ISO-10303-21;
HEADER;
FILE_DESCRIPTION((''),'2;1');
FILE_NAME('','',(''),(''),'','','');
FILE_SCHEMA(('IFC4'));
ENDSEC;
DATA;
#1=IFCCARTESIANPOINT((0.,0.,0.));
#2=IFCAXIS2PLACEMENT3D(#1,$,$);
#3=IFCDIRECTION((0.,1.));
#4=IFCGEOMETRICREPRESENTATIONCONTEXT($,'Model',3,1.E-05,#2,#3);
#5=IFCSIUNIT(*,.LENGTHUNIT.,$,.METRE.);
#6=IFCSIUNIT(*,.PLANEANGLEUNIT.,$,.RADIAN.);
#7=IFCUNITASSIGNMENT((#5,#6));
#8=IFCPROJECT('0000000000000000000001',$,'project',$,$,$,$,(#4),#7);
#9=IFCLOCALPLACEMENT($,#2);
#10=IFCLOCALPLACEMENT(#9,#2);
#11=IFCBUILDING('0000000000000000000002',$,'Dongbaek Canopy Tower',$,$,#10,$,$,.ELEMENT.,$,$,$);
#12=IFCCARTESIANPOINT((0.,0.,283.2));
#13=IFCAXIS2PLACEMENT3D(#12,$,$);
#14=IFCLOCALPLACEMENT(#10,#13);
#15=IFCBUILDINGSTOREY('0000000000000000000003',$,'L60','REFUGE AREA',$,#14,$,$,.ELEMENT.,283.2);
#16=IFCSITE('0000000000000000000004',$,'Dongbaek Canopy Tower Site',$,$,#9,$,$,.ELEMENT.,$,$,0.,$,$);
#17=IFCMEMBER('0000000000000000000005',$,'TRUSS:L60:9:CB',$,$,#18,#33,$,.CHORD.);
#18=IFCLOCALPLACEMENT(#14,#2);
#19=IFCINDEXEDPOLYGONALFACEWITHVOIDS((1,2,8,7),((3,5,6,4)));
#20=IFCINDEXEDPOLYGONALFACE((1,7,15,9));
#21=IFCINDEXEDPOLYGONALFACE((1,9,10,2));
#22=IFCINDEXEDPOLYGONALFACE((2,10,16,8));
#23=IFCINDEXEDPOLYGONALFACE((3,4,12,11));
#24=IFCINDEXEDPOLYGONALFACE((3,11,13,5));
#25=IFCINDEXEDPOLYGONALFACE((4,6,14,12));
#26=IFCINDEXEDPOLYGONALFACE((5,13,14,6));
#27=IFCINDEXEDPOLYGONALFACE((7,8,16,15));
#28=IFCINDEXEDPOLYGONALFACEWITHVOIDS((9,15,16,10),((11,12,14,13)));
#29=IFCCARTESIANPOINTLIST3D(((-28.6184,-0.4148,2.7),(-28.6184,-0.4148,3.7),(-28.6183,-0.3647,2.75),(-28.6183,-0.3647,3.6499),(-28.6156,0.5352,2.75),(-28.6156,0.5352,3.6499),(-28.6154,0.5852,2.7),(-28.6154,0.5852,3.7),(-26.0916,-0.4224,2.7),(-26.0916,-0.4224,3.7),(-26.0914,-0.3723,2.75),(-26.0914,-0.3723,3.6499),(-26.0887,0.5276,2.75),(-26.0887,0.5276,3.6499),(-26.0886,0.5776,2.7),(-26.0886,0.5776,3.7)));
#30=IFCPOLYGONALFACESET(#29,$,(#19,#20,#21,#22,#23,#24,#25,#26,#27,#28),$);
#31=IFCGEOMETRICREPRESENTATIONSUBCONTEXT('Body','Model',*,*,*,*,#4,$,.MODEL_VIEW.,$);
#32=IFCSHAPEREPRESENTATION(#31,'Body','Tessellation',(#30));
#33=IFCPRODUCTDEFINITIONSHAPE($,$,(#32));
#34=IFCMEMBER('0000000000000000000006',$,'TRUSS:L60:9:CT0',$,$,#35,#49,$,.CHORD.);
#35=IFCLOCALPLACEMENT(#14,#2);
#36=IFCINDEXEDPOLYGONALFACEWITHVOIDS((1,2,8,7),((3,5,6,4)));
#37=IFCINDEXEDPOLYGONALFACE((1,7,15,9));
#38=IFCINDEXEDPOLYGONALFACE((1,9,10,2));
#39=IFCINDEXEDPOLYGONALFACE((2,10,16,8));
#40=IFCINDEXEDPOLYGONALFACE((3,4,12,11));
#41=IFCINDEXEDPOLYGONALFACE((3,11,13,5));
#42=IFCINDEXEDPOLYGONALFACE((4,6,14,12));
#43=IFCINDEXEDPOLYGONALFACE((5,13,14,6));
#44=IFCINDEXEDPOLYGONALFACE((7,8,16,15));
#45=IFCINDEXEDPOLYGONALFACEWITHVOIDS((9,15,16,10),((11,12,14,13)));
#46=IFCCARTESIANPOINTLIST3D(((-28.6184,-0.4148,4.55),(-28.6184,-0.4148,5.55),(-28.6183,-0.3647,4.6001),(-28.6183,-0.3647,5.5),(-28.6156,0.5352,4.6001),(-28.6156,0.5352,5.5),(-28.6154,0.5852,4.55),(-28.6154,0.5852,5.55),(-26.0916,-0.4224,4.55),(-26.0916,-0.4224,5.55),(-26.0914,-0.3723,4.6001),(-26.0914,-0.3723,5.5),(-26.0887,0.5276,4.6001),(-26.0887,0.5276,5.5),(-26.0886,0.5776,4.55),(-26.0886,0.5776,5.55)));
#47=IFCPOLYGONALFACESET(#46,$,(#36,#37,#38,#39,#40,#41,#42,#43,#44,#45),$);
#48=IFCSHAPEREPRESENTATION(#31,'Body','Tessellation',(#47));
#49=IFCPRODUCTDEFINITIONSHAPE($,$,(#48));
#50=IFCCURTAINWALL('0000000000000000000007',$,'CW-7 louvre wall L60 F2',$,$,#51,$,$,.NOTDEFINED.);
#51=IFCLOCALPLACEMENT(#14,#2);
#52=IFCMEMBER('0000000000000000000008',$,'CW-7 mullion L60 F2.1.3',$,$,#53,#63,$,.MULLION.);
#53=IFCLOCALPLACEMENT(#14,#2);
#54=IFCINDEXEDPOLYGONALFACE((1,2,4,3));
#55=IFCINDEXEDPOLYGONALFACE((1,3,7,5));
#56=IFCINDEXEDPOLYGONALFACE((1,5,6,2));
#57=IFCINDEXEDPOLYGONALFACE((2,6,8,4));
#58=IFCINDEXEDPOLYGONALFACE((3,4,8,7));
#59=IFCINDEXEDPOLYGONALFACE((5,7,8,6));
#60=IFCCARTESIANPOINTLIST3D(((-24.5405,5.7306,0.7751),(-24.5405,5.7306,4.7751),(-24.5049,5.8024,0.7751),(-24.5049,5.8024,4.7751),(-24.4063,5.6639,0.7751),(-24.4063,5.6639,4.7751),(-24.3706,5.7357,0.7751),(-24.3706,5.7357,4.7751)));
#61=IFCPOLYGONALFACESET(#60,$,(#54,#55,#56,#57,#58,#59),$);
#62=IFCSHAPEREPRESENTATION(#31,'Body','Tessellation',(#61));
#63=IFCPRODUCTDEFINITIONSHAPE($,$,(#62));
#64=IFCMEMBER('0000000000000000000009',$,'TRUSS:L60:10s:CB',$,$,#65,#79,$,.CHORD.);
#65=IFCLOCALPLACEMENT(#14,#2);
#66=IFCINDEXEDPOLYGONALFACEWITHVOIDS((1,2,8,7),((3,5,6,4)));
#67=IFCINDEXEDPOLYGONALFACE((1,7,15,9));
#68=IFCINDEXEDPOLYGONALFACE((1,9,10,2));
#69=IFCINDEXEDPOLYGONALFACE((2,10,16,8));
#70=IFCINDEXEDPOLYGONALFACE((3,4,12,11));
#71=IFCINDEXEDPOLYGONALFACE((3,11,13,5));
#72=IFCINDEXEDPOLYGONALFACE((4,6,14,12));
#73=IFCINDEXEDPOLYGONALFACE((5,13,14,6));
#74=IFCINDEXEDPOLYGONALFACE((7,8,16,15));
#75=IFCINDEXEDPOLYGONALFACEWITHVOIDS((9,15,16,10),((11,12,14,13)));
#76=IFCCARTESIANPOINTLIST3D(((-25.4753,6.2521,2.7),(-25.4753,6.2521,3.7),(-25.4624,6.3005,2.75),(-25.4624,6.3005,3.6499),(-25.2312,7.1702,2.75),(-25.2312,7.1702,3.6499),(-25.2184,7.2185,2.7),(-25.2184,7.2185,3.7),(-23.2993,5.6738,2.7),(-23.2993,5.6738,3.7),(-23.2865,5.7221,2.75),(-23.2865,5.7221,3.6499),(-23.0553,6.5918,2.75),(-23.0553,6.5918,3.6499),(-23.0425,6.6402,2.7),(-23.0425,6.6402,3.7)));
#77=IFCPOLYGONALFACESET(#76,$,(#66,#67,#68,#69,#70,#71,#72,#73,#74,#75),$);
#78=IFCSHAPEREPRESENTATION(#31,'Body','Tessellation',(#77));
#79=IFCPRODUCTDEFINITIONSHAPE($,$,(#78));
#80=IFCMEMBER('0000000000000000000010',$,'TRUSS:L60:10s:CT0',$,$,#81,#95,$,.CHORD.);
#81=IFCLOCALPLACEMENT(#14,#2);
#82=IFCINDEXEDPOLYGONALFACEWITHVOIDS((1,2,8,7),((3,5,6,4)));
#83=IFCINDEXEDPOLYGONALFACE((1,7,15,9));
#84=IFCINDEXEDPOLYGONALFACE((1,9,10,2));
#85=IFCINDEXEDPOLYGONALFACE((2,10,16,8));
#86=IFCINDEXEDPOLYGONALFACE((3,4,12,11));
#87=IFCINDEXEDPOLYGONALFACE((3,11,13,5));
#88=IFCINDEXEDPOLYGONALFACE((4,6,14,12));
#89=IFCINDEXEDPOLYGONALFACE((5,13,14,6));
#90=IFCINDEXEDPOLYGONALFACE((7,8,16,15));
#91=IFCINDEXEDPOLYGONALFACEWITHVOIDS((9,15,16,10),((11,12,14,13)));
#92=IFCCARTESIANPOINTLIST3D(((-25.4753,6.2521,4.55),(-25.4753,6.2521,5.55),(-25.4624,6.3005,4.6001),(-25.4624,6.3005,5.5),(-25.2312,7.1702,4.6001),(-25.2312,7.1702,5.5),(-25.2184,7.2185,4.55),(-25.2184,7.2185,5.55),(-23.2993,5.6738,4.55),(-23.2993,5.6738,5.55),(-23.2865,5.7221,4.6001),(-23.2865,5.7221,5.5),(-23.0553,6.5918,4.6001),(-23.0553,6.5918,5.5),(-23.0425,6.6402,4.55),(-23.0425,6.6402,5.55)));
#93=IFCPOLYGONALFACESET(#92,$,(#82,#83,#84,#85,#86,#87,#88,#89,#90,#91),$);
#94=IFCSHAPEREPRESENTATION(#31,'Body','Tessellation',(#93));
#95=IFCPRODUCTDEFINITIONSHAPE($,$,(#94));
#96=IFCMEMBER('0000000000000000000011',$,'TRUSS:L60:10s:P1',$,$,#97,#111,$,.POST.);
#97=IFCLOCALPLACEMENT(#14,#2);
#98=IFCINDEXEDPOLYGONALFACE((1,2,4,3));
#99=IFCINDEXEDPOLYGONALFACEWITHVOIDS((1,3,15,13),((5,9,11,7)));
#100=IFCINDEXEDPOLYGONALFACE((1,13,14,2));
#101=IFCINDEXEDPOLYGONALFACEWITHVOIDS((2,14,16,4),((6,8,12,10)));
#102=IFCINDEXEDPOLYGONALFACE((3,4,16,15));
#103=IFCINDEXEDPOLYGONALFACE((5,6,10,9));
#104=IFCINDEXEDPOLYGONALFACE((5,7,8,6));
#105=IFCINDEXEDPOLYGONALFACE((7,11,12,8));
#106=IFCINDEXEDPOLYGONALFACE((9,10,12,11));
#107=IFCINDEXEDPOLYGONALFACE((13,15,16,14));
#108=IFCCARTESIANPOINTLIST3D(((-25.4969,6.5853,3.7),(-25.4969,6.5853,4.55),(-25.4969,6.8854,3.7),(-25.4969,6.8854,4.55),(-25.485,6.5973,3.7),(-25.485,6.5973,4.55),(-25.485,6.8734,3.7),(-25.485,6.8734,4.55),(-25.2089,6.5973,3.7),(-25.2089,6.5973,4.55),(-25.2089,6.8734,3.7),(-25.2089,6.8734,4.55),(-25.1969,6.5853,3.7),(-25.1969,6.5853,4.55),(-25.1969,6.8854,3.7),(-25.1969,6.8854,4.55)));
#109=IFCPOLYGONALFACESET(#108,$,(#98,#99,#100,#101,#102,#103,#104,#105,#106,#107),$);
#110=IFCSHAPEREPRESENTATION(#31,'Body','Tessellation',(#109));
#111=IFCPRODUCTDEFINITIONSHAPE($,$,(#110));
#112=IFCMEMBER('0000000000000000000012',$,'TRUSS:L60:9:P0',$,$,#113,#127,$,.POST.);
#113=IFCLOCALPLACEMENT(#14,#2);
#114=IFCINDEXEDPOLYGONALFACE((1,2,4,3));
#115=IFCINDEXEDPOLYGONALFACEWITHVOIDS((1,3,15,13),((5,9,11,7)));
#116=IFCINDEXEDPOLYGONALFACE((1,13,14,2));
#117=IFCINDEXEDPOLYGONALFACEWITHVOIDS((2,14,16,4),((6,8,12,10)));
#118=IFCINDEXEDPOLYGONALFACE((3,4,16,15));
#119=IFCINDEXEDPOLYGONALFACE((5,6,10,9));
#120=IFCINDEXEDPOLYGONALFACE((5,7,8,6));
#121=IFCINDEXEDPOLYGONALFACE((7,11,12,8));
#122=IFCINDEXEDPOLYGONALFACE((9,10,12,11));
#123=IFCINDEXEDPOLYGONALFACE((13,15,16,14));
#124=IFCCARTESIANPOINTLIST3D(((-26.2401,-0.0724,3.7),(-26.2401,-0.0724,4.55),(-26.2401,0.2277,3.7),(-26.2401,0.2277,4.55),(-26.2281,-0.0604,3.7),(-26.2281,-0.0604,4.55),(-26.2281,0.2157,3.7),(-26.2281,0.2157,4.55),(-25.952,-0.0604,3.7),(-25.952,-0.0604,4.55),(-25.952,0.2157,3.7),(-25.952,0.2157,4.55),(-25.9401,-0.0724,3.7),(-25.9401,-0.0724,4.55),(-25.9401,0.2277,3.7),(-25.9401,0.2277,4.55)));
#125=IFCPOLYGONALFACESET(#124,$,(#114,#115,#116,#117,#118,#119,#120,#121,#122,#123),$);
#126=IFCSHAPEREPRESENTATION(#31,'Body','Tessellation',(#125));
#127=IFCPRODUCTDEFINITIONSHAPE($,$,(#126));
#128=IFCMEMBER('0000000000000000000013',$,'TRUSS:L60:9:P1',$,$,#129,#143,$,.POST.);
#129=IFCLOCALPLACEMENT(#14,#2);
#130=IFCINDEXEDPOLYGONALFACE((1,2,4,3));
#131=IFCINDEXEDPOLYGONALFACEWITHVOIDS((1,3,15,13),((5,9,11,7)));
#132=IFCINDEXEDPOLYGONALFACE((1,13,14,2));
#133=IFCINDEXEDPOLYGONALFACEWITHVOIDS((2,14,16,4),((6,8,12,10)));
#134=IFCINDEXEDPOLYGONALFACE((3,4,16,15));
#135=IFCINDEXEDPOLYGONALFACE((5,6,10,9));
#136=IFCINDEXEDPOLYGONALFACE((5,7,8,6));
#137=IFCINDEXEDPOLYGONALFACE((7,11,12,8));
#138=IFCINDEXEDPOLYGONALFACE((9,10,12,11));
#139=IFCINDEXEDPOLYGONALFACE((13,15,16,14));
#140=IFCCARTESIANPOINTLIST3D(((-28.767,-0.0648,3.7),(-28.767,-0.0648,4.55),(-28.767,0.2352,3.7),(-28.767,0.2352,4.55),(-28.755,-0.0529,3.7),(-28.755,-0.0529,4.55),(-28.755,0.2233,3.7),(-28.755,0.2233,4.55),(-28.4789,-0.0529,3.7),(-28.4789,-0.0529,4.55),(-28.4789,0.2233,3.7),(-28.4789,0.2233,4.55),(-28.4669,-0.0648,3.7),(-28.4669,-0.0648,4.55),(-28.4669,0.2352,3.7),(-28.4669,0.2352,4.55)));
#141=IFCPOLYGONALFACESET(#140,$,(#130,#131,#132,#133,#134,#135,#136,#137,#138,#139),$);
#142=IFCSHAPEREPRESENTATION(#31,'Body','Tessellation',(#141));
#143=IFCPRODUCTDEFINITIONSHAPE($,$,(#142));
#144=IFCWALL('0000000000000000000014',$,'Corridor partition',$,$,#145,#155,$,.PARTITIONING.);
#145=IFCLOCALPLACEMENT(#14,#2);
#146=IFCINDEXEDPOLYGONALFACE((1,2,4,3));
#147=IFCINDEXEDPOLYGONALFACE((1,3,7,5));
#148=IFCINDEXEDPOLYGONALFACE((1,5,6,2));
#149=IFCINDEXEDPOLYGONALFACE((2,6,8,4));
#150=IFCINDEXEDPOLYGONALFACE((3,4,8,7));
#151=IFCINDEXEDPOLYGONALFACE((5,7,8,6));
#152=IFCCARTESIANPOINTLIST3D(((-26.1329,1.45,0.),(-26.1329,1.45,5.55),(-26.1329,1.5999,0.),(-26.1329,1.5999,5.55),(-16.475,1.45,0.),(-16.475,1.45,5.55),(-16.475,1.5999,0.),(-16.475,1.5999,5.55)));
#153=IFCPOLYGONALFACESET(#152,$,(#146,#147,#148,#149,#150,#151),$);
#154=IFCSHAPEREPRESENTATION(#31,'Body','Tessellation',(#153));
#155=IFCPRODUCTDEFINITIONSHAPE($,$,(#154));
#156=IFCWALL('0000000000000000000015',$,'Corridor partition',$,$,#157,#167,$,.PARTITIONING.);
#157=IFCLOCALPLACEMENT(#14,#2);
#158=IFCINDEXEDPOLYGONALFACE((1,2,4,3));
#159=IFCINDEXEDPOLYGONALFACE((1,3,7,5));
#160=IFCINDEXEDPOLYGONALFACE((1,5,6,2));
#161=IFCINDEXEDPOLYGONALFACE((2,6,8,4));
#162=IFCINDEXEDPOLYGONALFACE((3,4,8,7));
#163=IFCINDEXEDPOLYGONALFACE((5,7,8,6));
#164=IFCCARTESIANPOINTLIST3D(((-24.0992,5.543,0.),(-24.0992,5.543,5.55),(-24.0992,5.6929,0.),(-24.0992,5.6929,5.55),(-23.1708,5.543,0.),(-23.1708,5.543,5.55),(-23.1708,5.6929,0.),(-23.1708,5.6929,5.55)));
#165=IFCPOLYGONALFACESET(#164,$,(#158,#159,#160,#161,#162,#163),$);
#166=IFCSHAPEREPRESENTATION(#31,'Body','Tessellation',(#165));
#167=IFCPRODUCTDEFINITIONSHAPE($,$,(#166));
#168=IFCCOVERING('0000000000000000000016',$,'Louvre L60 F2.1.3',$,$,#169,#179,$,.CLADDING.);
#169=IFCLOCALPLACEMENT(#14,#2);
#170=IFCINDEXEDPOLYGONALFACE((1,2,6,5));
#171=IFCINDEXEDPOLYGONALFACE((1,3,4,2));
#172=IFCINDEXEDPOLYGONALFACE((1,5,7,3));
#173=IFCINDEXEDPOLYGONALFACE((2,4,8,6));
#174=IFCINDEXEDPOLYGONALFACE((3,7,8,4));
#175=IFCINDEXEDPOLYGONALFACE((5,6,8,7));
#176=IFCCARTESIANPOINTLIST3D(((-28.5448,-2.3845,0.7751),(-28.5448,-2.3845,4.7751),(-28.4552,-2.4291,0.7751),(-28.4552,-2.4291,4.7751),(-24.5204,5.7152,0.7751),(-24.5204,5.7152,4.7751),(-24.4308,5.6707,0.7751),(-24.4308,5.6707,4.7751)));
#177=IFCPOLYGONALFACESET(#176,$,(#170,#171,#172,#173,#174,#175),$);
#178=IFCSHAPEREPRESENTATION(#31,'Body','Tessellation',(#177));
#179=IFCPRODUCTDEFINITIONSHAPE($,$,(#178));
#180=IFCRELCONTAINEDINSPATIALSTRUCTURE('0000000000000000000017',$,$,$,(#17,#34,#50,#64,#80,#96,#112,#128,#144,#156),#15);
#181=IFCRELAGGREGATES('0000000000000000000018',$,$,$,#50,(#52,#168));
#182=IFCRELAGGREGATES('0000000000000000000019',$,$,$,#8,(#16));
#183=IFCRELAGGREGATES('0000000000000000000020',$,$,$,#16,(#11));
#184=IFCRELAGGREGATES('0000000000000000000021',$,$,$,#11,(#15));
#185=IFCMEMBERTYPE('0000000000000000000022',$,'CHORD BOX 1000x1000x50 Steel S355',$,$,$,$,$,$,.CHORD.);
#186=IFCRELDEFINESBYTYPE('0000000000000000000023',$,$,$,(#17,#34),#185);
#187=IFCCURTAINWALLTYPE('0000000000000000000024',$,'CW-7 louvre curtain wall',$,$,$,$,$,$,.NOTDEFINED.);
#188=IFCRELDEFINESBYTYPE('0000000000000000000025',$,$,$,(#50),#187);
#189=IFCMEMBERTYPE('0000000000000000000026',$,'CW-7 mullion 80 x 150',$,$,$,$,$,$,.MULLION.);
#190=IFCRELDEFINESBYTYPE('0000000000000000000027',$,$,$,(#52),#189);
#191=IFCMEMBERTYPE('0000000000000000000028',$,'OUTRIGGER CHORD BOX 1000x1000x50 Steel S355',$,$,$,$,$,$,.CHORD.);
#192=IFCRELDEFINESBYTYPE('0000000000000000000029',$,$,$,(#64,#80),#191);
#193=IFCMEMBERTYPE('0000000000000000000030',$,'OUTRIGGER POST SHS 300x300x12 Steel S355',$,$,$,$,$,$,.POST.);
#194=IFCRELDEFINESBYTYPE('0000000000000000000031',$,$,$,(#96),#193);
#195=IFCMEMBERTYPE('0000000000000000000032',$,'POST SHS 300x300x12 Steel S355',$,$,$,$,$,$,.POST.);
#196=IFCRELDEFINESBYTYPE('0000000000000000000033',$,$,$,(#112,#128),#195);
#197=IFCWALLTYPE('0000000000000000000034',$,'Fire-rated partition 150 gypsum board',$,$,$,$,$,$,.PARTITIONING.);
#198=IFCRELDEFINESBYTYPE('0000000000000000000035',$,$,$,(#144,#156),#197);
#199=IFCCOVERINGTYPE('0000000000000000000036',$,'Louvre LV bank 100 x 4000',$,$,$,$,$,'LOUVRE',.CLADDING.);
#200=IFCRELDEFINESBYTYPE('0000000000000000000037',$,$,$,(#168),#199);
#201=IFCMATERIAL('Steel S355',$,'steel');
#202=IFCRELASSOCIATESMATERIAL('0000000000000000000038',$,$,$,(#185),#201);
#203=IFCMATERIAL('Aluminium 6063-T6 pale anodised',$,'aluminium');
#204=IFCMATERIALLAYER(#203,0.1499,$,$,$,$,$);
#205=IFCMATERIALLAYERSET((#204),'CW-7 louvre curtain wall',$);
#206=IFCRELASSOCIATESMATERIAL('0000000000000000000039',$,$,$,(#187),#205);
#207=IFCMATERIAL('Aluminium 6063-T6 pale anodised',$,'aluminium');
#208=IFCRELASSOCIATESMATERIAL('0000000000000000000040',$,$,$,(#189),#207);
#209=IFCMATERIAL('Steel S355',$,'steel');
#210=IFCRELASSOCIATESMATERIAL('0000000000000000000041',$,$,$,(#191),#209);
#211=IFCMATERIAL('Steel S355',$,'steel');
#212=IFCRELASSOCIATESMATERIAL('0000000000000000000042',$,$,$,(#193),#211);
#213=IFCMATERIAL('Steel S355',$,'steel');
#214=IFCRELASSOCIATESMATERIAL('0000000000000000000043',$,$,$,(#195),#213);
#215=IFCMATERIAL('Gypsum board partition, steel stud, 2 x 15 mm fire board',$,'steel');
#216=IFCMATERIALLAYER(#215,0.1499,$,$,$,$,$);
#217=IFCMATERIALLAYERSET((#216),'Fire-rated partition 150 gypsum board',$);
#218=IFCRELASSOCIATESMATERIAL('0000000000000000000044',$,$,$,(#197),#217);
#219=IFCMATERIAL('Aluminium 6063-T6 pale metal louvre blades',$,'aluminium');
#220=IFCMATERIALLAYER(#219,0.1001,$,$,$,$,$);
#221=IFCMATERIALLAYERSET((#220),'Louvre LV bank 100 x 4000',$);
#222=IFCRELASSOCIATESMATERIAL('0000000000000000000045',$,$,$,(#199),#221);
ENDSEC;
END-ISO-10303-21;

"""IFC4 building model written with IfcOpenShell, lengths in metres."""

from ifc_helpers import new_model, si_unit, direction, frame, frame_2d, origin, origin_2d, place, context, subcontext, project, spatial, rectangle, hollow_rectangle, extrude, material, layer, layer_set, material_profile, profile_set, type_object, element, aggregate, save


model = new_model("IFC4")

# Units and contexts
model_context = context("Model", 3, precision=1e-05, world=origin(), true_north=direction((0.0, 1.0)))
body_context = subcontext(model_context, "Body", "Model", "MODEL_VIEW")
ifc_project = project(units=[si_unit("LENGTHUNIT", "METRE"), si_unit("PLANEANGLEUNIT", "RADIAN")], contexts=[model_context])

# Site, building, storey
site_placement = place(None, origin())
site = spatial("IfcSite", under=ifc_project, at=site_placement, Name="Dongbaek Canopy Tower Site", CompositionType="ELEMENT", RefElevation=0.0)
building_placement = place(site_placement, origin())
building = spatial("IfcBuilding", under=site, at=building_placement, Name="Dongbaek Canopy Tower", CompositionType="ELEMENT")
storey_placement = place(building_placement, frame((0.0, 0.0, 283.2)))
storey = spatial("IfcBuildingStorey", under=building, at=storey_placement, Name="L60", Description="REFUGE AREA", CompositionType="ELEMENT", Elevation=283.2)

# Members
ifc_material_1 = material(Name="Steel S355", Category="steel")
ifc_material_profile_1 = material_profile(ifc_material_1, hollow_rectangle(XDim=1.0, YDim=1.0, WallThickness=0.05, at=origin_2d()), Name="CHORD BOX 1000x1000x50 Steel S355")
ifc_profile_set_1 = profile_set([ifc_material_profile_1], Name="Steel S355")
member_type_1 = type_object("IfcMemberType", Name="CHORD BOX 1000x1000x50 Steel S355", PredefinedType="CHORD", material=ifc_profile_set_1)
for number, where, z_axis, x_axis, name in (
    (1, (-26.0901, 0.0776, 3.2), (-0.999996, 0.002995, 0.0), (-0.002995, -0.999996, 0.0), "TRUSS:L60:9:CB"),
    (2, (-26.0901, 0.0776, 5.05), (-0.999996, 0.002995, 0.0), (-0.002995, -0.999996, 0.0), "TRUSS:L60:9:CT0"),
):
    element("IfcMember", number, at=place(storey_placement, frame(where, z_axis=z_axis, x_axis=x_axis)), inside=storey, type_object=member_type_1, Name=name, PredefinedType="CHORD", context=body_context, shape_type="SweptSolid", body=[
        extrude(hollow_rectangle(XDim=1.0, YDim=1.0, WallThickness=0.05, at=origin_2d()), origin(), (0.0, 0.0, 1.0), 2.5269),
    ])

# Curtain wall, member
ifc_material_2 = material(Name="Aluminium 6063-T6 pale anodised", Category="aluminium")
ifc_layer_1 = layer(ifc_material_2, 0.1499)
ifc_layer_set_1 = layer_set([ifc_layer_1], Name="CW-7 louvre curtain wall")
curtain_wall_type = type_object("IfcCurtainWallType", Name="CW-7 louvre curtain wall", PredefinedType="NOTDEFINED", material=ifc_layer_set_1)
curtain_wall_placement = place(storey_placement, origin())
curtain_wall = element("IfcCurtainWall", 3, at=curtain_wall_placement, inside=storey, type_object=curtain_wall_type, Name="CW-7 louvre wall L60 F2", PredefinedType="NOTDEFINED")
ifc_material_3 = material(Name="Aluminium 6063-T6 pale anodised", Category="aluminium")
ifc_material_profile_2 = material_profile(ifc_material_3, rectangle(XDim=0.1499, YDim=0.0801, at=origin_2d()), Name="CW-7 mullion 80 x 150")
ifc_profile_set_2 = profile_set([ifc_material_profile_2], Name="Aluminium 6063-T6 pale anodised")
member_type_2 = type_object("IfcMemberType", Name="CW-7 mullion 80 x 150", PredefinedType="MULLION", material=ifc_profile_set_2)
member_1_placement = place(storey_placement, frame((-24.4556, 5.7332, 0.7751), z_axis=(0.0, 0.0, 1.0), x_axis=(-0.895549, 0.444962, 0.0)))
member_1 = element("IfcMember", 4, at=member_1_placement, type_object=member_type_2, Name="CW-7 mullion L60 F2.1.3", PredefinedType="MULLION", context=body_context, shape_type="SweptSolid", body=[
    extrude(rectangle(XDim=0.1499, YDim=0.0801, at=origin_2d()), origin(), (0.0, 0.0, 1.0), 4.0),
])

# Members
ifc_material_4 = material(Name="Steel S355", Category="steel")
ifc_material_profile_3 = material_profile(ifc_material_4, hollow_rectangle(XDim=1.0, YDim=1.0, WallThickness=0.05, at=origin_2d()), Name="OUTRIGGER CHORD BOX 1000x1000x50 Steel S355")
ifc_profile_set_3 = profile_set([ifc_material_profile_3], Name="Steel S355")
member_type_3 = type_object("IfcMemberType", Name="OUTRIGGER CHORD BOX 1000x1000x50 Steel S355", PredefinedType="CHORD", material=ifc_profile_set_3)
for number, where, z_axis, x_axis, name in (
    (5, (-23.1709, 6.157, 3.2), (-0.966445, 0.256873, 0.0), (-0.256873, -0.966445, 0.0), "TRUSS:L60:10s:CB"),
    (6, (-23.1709, 6.157, 5.05), (-0.966445, 0.256873, 0.0), (-0.256873, -0.966445, 0.0), "TRUSS:L60:10s:CT0"),
):
    element("IfcMember", number, at=place(storey_placement, frame(where, z_axis=z_axis, x_axis=x_axis)), inside=storey, type_object=member_type_3, Name=name, PredefinedType="CHORD", context=body_context, shape_type="SweptSolid", body=[
        extrude(hollow_rectangle(XDim=1.0, YDim=1.0, WallThickness=0.05, at=origin_2d()), origin(), (0.0, 0.0, 1.0), 2.2515),
    ])
ifc_material_5 = material(Name="Steel S355", Category="steel")
ifc_material_profile_4 = material_profile(ifc_material_5, hollow_rectangle(XDim=0.3, YDim=0.3, WallThickness=0.012, at=origin_2d()), Name="OUTRIGGER POST SHS 300x300x12 Steel S355")
ifc_profile_set_4 = profile_set([ifc_material_profile_4], Name="Steel S355")
member_type_4 = type_object("IfcMemberType", Name="OUTRIGGER POST SHS 300x300x12 Steel S355", PredefinedType="POST", material=ifc_profile_set_4)
member_2_placement = place(storey_placement, frame((-25.3469, 6.7354, 3.7), z_axis=(0.0, 0.0, 1.0), x_axis=(1.0, 0.0, 0.0)))
element("IfcMember", 7, at=member_2_placement, inside=storey, type_object=member_type_4, Name="TRUSS:L60:10s:P1", PredefinedType="POST", context=body_context, shape_type="SweptSolid", body=[
    extrude(hollow_rectangle(XDim=0.3, YDim=0.3, WallThickness=0.012, at=origin_2d()), origin(), (0.0, 0.0, 1.0), 0.8501),
])
ifc_material_6 = material(Name="Steel S355", Category="steel")
ifc_material_profile_5 = material_profile(ifc_material_6, hollow_rectangle(XDim=0.3, YDim=0.3, WallThickness=0.012, at=origin_2d()), Name="POST SHS 300x300x12 Steel S355")
ifc_profile_set_5 = profile_set([ifc_material_profile_5], Name="Steel S355")
member_type_5 = type_object("IfcMemberType", Name="POST SHS 300x300x12 Steel S355", PredefinedType="POST", material=ifc_profile_set_5)
for number, where, z_axis, x_axis, name in (
    (8, (-26.0901, 0.0776, 3.7), (0.0, 0.0, 1.0), (1.0, 0.0, 0.0), "TRUSS:L60:9:P0"),
    (9, (-28.6169, 0.0852, 3.7), (0.0, 0.0, 1.0), (1.0, 0.0, 0.0), "TRUSS:L60:9:P1"),
):
    element("IfcMember", number, at=place(storey_placement, frame(where, z_axis=z_axis, x_axis=x_axis)), inside=storey, type_object=member_type_5, Name=name, PredefinedType="POST", context=body_context, shape_type="SweptSolid", body=[
        extrude(hollow_rectangle(XDim=0.3, YDim=0.3, WallThickness=0.012, at=origin_2d()), origin(), (0.0, 0.0, 1.0), 0.8501),
    ])

# Walls
ifc_material_7 = material(Name="Gypsum board partition, steel stud, 2 x 15 mm fire board", Category="steel")
ifc_layer_2 = layer(ifc_material_7, 0.1499)
ifc_layer_set_2 = layer_set([ifc_layer_2], Name="Fire-rated partition 150 gypsum board")
wall_type = type_object("IfcWallType", Name="Fire-rated partition 150 gypsum board", PredefinedType="PARTITIONING", material=ifc_layer_set_2)
wall_1_placement = place(storey_placement, frame((-26.1331, 1.5249, 0.0), z_axis=(0.0, 0.0, 1.0), x_axis=(1.0, 0.0, 0.0)))
element("IfcWall", 10, at=wall_1_placement, inside=storey, type_object=wall_type, Name="Corridor partition", PredefinedType="PARTITIONING", context=body_context, shape_type="SweptSolid", body=[
    extrude(rectangle(XDim=9.658, YDim=0.1499, at=frame_2d((4.8291, 0.0))), origin(), (0.0, 0.0, 1.0), 5.55),
])
wall_2_placement = place(storey_placement, frame((-24.0994, 5.6179, 0.0), z_axis=(0.0, 0.0, 1.0), x_axis=(1.0, 0.0, 0.0)))
element("IfcWall", 11, at=wall_2_placement, inside=storey, type_object=wall_type, Name="Corridor partition", PredefinedType="PARTITIONING", context=body_context, shape_type="SweptSolid", body=[
    extrude(rectangle(XDim=0.9285, YDim=0.1499, at=frame_2d((0.4644, 0.0))), origin(), (0.0, 0.0, 1.0), 5.55),
])

# Covering
ifc_material_8 = material(Name="Aluminium 6063-T6 pale metal louvre blades", Category="aluminium")
ifc_layer_3 = layer(ifc_material_8, 0.1001)
ifc_layer_set_3 = layer_set([ifc_layer_3], Name="Louvre LV bank 100 x 4000")
covering_type = type_object("IfcCoveringType", Name="Louvre LV bank 100 x 4000", ElementType="LOUVRE", PredefinedType="CLADDING", material=ifc_layer_set_3)
covering_placement = place(storey_placement, frame((-26.4878, 1.6431, 0.7751), z_axis=(0.0, 0.0, 1.0), x_axis=(-0.444962, -0.895549, 0.0)))
covering = element("IfcCovering", 12, at=covering_placement, type_object=covering_type, Name="Louvre L60 F2.1.3", PredefinedType="CLADDING", context=body_context, shape_type="SweptSolid", body=[
    extrude(rectangle(XDim=9.0444, YDim=0.1001, at=origin_2d()), origin(), (0.0, 0.0, 1.0), 4.0),
])

aggregate(curtain_wall, [member_1, covering])

save(model, "model.ifc")
